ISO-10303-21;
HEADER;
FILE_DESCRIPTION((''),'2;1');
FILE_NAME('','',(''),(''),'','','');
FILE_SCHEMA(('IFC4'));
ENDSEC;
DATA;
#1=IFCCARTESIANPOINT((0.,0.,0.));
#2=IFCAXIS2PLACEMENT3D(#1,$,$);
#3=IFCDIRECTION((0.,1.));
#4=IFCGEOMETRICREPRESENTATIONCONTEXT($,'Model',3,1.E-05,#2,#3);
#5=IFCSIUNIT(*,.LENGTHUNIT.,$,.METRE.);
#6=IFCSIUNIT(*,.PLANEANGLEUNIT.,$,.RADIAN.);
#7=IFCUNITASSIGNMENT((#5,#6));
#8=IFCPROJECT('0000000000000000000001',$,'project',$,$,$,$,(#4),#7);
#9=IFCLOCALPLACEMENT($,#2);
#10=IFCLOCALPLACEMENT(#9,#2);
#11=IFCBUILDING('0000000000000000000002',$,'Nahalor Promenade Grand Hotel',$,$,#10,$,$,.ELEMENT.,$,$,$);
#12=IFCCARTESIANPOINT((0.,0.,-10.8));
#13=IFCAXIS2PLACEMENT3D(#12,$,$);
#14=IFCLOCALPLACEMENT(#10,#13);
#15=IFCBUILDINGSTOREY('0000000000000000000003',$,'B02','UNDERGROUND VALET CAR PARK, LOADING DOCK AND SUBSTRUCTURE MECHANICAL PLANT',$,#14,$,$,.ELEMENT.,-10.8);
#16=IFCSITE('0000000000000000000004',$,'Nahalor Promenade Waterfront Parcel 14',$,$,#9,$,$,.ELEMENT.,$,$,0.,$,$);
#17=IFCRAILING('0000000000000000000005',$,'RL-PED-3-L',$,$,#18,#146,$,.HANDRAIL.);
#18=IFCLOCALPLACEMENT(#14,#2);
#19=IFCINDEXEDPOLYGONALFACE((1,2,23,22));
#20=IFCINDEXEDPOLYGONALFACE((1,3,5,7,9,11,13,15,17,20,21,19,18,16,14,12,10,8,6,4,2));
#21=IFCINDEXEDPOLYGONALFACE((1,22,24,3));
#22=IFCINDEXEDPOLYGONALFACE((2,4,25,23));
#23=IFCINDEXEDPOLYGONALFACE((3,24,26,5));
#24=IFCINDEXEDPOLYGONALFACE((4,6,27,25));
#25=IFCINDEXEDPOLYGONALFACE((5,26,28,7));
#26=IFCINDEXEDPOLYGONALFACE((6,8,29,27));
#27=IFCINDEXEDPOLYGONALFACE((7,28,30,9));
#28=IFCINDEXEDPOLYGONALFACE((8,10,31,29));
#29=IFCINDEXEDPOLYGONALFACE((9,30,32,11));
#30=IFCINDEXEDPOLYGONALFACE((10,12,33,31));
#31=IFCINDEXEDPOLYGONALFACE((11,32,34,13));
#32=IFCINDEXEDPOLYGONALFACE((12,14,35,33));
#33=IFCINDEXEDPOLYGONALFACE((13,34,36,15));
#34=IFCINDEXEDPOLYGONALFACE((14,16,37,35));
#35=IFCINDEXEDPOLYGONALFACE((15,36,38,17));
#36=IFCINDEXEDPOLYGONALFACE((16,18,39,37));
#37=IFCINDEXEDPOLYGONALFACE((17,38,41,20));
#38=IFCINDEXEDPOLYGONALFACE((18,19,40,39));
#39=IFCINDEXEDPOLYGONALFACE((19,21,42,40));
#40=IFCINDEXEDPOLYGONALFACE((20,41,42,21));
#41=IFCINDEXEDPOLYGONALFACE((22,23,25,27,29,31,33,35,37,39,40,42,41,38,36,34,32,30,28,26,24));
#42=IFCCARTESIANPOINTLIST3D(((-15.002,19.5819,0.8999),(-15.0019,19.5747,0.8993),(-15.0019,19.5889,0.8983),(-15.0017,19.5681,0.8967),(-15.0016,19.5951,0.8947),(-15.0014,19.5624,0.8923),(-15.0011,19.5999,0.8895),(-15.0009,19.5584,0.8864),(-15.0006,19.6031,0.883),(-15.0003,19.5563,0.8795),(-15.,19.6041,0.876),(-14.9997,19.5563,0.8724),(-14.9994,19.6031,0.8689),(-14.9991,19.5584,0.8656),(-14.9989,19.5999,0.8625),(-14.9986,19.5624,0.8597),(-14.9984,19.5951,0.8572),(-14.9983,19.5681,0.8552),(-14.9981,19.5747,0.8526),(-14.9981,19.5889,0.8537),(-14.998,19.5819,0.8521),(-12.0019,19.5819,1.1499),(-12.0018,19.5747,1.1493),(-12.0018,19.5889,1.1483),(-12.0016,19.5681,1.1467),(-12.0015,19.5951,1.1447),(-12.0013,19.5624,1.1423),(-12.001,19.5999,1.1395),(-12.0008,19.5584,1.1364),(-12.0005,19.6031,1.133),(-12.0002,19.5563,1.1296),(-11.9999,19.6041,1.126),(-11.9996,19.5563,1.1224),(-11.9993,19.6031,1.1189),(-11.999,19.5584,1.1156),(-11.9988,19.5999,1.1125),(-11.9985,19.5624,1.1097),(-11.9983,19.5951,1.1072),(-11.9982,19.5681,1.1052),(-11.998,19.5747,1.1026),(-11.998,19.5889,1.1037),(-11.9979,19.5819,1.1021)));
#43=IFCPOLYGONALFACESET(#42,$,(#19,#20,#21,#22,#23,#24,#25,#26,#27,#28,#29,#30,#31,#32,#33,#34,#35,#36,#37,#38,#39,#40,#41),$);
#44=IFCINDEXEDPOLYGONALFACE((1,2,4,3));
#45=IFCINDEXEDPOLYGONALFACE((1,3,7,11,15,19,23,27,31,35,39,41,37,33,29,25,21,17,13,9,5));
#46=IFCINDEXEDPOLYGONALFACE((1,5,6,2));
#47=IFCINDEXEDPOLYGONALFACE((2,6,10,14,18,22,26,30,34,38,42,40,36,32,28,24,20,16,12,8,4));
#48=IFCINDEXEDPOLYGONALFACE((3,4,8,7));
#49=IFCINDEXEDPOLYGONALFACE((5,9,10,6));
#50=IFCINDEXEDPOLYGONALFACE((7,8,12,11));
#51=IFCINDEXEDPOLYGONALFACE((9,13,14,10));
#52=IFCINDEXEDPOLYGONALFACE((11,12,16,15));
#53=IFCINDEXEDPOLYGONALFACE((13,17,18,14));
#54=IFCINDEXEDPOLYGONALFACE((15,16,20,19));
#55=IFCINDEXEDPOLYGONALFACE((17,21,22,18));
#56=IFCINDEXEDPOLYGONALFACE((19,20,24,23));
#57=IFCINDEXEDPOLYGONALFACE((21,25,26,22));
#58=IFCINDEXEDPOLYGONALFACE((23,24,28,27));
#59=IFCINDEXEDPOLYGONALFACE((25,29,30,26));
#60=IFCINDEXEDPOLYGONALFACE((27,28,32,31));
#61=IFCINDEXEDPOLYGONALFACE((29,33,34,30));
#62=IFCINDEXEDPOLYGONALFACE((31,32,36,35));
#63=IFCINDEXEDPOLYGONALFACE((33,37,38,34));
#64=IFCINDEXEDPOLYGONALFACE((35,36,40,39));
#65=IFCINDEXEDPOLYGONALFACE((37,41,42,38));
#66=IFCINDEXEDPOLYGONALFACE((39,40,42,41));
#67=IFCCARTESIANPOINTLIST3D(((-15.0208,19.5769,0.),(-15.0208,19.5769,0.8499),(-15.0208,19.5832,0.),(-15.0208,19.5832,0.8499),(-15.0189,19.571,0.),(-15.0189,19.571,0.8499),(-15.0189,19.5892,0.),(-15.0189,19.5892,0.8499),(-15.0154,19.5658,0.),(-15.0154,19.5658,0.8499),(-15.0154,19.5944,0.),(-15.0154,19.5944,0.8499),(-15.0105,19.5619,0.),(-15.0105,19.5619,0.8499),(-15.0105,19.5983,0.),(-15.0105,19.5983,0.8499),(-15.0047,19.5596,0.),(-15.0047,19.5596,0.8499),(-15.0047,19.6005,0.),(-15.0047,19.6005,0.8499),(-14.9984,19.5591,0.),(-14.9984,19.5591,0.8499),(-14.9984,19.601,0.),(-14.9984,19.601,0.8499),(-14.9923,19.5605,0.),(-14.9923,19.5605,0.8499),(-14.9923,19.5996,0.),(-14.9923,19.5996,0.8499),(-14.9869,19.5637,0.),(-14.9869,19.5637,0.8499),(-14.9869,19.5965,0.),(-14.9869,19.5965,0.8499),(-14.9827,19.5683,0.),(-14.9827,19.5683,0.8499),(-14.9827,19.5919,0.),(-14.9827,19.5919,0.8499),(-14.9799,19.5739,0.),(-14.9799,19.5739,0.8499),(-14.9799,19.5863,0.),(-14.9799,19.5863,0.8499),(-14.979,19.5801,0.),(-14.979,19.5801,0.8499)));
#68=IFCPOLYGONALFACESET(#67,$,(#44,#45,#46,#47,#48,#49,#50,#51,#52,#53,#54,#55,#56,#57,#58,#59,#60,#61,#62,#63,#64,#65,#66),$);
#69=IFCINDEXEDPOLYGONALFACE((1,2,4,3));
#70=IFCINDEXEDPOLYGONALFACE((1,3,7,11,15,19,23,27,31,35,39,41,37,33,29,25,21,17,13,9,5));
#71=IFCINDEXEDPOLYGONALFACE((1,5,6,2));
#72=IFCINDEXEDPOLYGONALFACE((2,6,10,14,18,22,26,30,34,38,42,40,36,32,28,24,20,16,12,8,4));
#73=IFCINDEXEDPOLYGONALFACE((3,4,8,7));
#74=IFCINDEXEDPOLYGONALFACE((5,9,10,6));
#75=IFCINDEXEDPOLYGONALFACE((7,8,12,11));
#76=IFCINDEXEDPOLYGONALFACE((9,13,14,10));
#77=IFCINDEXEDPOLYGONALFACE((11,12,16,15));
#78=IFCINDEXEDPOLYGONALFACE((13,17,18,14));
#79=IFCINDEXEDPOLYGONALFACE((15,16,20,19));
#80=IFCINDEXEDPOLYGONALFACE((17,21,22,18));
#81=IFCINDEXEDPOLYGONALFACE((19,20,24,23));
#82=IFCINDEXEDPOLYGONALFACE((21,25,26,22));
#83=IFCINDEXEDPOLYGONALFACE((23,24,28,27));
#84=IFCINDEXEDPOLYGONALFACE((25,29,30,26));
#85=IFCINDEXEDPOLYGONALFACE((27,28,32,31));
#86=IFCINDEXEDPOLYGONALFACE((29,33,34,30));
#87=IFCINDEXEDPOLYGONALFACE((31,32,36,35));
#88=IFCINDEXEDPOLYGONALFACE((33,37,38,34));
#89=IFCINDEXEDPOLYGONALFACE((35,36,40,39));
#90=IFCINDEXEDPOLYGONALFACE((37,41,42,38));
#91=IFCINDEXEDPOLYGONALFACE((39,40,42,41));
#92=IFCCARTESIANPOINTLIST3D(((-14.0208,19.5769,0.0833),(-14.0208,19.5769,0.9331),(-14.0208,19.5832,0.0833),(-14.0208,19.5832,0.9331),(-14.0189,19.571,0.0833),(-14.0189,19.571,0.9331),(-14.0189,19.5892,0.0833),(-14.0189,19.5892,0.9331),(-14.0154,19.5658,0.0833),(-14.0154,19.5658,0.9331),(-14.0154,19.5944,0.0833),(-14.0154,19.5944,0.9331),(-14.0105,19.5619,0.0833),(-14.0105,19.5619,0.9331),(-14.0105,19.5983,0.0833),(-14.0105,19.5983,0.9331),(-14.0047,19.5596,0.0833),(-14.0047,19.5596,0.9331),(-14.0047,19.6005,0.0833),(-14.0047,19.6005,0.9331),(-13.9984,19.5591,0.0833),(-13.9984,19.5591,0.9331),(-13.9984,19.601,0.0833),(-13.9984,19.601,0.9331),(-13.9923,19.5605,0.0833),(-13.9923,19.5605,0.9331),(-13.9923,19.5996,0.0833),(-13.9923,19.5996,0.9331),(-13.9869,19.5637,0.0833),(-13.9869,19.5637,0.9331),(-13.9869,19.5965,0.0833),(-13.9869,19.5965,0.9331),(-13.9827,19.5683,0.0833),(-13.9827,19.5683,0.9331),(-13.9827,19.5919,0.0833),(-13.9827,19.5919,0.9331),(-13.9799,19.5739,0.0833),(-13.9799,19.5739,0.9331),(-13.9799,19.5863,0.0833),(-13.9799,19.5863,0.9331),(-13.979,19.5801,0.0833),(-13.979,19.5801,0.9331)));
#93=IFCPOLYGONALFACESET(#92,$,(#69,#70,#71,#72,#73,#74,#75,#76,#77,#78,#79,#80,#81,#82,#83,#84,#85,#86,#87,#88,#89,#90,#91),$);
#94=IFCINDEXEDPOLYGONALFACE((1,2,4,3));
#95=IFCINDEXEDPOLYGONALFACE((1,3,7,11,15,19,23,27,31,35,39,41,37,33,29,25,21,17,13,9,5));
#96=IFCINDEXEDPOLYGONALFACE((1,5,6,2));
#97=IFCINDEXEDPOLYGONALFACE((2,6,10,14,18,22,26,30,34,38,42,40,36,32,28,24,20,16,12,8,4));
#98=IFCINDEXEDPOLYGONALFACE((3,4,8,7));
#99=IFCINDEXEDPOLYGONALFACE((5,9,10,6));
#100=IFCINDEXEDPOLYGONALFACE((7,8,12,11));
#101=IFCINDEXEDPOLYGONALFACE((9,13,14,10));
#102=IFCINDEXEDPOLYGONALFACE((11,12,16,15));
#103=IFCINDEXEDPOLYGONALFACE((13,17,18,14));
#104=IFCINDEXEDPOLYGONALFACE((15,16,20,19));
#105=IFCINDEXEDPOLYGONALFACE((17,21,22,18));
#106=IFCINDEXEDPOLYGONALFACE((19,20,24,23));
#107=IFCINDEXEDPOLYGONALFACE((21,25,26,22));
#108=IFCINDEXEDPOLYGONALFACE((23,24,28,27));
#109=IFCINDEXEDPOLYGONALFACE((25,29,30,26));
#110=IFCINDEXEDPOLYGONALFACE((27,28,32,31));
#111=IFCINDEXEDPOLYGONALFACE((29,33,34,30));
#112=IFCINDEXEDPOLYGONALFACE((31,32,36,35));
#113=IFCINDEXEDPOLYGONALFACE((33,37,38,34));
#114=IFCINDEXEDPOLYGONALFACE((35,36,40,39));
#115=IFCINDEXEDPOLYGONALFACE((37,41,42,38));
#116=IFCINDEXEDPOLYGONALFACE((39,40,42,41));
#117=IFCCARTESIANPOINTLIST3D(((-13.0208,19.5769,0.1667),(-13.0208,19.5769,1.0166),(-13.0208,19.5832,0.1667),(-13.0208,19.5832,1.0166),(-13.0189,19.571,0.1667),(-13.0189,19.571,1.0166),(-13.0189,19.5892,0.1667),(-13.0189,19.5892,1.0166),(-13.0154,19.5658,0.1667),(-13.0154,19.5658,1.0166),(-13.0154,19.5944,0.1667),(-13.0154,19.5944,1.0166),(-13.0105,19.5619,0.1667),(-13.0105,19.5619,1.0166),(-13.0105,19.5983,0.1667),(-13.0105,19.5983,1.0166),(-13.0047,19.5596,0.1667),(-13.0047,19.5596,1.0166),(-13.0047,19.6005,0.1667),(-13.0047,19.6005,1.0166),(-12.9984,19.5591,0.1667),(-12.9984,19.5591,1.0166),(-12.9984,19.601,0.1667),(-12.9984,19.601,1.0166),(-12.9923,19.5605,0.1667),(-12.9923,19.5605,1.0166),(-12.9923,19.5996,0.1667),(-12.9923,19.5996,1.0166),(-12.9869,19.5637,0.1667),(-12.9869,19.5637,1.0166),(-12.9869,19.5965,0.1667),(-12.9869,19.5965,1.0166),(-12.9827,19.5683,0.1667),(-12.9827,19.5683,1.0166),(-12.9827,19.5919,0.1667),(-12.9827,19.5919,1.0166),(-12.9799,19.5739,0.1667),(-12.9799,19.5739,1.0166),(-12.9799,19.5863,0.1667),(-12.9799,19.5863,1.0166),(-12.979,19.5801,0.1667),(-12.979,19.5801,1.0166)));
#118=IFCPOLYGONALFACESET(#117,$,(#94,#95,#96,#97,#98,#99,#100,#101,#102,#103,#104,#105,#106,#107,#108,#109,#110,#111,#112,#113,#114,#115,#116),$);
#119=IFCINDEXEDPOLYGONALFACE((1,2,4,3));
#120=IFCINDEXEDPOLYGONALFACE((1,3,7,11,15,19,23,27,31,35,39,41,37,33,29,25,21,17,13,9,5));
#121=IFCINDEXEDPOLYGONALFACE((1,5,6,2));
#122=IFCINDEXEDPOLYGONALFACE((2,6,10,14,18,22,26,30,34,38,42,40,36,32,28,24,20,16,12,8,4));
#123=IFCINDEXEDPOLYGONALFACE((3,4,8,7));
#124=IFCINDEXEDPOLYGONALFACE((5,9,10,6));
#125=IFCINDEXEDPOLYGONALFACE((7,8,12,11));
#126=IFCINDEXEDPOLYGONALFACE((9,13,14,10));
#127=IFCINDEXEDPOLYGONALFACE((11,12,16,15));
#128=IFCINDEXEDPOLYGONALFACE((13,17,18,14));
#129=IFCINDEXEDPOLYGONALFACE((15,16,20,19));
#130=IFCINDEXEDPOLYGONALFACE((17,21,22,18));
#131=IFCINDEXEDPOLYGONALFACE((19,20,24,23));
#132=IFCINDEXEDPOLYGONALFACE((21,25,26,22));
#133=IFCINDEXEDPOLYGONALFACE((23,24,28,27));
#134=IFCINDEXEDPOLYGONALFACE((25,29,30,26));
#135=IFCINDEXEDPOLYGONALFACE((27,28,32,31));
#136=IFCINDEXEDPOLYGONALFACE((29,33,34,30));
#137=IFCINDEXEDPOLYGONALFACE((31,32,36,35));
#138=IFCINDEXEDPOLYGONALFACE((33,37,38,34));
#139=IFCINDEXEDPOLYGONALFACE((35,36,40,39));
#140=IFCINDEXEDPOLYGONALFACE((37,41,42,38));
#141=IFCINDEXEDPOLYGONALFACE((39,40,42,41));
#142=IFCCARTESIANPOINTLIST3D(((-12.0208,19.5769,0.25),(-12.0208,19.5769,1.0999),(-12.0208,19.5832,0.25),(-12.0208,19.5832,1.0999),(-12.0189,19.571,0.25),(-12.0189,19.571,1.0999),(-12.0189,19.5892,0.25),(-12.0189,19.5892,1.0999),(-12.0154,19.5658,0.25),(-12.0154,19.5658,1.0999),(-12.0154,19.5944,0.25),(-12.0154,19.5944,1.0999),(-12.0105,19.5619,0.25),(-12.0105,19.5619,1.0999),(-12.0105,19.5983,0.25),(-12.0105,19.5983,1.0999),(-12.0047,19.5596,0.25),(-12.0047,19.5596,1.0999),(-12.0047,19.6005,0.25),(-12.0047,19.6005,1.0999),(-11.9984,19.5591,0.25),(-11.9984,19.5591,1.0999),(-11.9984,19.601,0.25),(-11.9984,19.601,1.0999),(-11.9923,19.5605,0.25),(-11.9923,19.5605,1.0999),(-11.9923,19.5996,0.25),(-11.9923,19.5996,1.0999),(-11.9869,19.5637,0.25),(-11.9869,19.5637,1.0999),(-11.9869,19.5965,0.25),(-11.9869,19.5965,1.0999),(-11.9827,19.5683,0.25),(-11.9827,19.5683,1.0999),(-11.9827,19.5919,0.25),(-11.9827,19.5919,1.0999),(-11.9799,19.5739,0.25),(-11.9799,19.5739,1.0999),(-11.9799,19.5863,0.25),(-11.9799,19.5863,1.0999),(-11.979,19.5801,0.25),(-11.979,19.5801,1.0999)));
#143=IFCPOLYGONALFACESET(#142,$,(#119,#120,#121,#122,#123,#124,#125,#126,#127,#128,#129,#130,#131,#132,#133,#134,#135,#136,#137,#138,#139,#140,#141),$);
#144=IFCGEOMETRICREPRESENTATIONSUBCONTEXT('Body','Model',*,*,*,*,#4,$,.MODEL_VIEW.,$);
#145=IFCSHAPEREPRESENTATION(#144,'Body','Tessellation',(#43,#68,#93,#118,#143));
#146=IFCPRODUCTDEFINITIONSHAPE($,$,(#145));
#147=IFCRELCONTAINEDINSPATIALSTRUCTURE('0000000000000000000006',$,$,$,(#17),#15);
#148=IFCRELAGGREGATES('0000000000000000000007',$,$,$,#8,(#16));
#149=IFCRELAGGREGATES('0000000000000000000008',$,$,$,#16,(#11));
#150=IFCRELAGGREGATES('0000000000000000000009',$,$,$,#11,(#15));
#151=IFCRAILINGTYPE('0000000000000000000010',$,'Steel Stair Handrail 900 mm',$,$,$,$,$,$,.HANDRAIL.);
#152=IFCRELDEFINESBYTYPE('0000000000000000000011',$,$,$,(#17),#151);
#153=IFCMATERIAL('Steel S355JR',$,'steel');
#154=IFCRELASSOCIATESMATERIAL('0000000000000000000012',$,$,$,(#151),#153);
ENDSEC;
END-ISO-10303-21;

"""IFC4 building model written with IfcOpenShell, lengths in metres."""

from ifc_helpers import new_model, si_unit, direction, frame, origin, origin_2d, place, context, subcontext, project, spatial, circle, extrude, material, type_object, element, save


model = new_model("IFC4")

# Units and contexts
model_context = context("Model", 3, precision=1e-05, world=origin(), true_north=direction((0.0, 1.0)))
body_context = subcontext(model_context, "Body", "Model", "MODEL_VIEW")
ifc_project = project(units=[si_unit("LENGTHUNIT", "METRE"), si_unit("PLANEANGLEUNIT", "RADIAN")], contexts=[model_context])

# Site, building, storey
site_placement = place(None, origin())
site = spatial("IfcSite", under=ifc_project, at=site_placement, Name="Nahalor Promenade Waterfront Parcel 14", CompositionType="ELEMENT", RefElevation=0.0)
building_placement = place(site_placement, origin())
building = spatial("IfcBuilding", under=site, at=building_placement, Name="Nahalor Promenade Grand Hotel", CompositionType="ELEMENT")
storey_placement = place(building_placement, frame((0.0, 0.0, -10.8)))
storey = spatial("IfcBuildingStorey", under=building, at=storey_placement, Name="B02", Description="UNDERGROUND VALET CAR PARK, LOADING DOCK AND SUBSTRUCTURE MECHANICAL PLANT", CompositionType="ELEMENT", Elevation=-10.8)

# Shared definitions
ifc_material_1 = material(Name="Steel S355JR", Category="steel")

# Railing
railing_type = type_object("IfcRailingType", Name="Steel Stair Handrail 900 mm", PredefinedType="HANDRAIL", material=ifc_material_1)
for number, where, name in (
    (1, (-15.0, 19.5801, 0.0), "RL-PED-3-L"),
):
    element("IfcRailing", number, at=place(storey_placement, frame(where)), inside=storey, type_object=railing_type, Name=name, PredefinedType="HANDRAIL", context=body_context, shape_type="SweptSolid", body=[
        extrude(circle(Radius=0.024, at=origin_2d()), frame((0.0, 0.0, 0.876), z_axis=(0.996546, 0.0, 0.083045), x_axis=(0.0, 1.0, 0.0)), (0.0, 0.0, 1.0), 3.0105),
        extrude(circle(Radius=0.021, at=origin_2d()), origin(), (0.0, 0.0, 1.0), 0.8499),
        extrude(circle(Radius=0.021, at=origin_2d()), frame((1.0, 0.0, 0.0833)), (0.0, 0.0, 1.0), 0.8499),
        extrude(circle(Radius=0.021, at=origin_2d()), frame((2.0, 0.0, 0.1667)), (0.0, 0.0, 1.0), 0.8499),
        extrude(circle(Radius=0.021, at=origin_2d()), frame((3.0, 0.0, 0.25)), (0.0, 0.0, 1.0), 0.8499),
    ])

save(model, "model.ifc")
